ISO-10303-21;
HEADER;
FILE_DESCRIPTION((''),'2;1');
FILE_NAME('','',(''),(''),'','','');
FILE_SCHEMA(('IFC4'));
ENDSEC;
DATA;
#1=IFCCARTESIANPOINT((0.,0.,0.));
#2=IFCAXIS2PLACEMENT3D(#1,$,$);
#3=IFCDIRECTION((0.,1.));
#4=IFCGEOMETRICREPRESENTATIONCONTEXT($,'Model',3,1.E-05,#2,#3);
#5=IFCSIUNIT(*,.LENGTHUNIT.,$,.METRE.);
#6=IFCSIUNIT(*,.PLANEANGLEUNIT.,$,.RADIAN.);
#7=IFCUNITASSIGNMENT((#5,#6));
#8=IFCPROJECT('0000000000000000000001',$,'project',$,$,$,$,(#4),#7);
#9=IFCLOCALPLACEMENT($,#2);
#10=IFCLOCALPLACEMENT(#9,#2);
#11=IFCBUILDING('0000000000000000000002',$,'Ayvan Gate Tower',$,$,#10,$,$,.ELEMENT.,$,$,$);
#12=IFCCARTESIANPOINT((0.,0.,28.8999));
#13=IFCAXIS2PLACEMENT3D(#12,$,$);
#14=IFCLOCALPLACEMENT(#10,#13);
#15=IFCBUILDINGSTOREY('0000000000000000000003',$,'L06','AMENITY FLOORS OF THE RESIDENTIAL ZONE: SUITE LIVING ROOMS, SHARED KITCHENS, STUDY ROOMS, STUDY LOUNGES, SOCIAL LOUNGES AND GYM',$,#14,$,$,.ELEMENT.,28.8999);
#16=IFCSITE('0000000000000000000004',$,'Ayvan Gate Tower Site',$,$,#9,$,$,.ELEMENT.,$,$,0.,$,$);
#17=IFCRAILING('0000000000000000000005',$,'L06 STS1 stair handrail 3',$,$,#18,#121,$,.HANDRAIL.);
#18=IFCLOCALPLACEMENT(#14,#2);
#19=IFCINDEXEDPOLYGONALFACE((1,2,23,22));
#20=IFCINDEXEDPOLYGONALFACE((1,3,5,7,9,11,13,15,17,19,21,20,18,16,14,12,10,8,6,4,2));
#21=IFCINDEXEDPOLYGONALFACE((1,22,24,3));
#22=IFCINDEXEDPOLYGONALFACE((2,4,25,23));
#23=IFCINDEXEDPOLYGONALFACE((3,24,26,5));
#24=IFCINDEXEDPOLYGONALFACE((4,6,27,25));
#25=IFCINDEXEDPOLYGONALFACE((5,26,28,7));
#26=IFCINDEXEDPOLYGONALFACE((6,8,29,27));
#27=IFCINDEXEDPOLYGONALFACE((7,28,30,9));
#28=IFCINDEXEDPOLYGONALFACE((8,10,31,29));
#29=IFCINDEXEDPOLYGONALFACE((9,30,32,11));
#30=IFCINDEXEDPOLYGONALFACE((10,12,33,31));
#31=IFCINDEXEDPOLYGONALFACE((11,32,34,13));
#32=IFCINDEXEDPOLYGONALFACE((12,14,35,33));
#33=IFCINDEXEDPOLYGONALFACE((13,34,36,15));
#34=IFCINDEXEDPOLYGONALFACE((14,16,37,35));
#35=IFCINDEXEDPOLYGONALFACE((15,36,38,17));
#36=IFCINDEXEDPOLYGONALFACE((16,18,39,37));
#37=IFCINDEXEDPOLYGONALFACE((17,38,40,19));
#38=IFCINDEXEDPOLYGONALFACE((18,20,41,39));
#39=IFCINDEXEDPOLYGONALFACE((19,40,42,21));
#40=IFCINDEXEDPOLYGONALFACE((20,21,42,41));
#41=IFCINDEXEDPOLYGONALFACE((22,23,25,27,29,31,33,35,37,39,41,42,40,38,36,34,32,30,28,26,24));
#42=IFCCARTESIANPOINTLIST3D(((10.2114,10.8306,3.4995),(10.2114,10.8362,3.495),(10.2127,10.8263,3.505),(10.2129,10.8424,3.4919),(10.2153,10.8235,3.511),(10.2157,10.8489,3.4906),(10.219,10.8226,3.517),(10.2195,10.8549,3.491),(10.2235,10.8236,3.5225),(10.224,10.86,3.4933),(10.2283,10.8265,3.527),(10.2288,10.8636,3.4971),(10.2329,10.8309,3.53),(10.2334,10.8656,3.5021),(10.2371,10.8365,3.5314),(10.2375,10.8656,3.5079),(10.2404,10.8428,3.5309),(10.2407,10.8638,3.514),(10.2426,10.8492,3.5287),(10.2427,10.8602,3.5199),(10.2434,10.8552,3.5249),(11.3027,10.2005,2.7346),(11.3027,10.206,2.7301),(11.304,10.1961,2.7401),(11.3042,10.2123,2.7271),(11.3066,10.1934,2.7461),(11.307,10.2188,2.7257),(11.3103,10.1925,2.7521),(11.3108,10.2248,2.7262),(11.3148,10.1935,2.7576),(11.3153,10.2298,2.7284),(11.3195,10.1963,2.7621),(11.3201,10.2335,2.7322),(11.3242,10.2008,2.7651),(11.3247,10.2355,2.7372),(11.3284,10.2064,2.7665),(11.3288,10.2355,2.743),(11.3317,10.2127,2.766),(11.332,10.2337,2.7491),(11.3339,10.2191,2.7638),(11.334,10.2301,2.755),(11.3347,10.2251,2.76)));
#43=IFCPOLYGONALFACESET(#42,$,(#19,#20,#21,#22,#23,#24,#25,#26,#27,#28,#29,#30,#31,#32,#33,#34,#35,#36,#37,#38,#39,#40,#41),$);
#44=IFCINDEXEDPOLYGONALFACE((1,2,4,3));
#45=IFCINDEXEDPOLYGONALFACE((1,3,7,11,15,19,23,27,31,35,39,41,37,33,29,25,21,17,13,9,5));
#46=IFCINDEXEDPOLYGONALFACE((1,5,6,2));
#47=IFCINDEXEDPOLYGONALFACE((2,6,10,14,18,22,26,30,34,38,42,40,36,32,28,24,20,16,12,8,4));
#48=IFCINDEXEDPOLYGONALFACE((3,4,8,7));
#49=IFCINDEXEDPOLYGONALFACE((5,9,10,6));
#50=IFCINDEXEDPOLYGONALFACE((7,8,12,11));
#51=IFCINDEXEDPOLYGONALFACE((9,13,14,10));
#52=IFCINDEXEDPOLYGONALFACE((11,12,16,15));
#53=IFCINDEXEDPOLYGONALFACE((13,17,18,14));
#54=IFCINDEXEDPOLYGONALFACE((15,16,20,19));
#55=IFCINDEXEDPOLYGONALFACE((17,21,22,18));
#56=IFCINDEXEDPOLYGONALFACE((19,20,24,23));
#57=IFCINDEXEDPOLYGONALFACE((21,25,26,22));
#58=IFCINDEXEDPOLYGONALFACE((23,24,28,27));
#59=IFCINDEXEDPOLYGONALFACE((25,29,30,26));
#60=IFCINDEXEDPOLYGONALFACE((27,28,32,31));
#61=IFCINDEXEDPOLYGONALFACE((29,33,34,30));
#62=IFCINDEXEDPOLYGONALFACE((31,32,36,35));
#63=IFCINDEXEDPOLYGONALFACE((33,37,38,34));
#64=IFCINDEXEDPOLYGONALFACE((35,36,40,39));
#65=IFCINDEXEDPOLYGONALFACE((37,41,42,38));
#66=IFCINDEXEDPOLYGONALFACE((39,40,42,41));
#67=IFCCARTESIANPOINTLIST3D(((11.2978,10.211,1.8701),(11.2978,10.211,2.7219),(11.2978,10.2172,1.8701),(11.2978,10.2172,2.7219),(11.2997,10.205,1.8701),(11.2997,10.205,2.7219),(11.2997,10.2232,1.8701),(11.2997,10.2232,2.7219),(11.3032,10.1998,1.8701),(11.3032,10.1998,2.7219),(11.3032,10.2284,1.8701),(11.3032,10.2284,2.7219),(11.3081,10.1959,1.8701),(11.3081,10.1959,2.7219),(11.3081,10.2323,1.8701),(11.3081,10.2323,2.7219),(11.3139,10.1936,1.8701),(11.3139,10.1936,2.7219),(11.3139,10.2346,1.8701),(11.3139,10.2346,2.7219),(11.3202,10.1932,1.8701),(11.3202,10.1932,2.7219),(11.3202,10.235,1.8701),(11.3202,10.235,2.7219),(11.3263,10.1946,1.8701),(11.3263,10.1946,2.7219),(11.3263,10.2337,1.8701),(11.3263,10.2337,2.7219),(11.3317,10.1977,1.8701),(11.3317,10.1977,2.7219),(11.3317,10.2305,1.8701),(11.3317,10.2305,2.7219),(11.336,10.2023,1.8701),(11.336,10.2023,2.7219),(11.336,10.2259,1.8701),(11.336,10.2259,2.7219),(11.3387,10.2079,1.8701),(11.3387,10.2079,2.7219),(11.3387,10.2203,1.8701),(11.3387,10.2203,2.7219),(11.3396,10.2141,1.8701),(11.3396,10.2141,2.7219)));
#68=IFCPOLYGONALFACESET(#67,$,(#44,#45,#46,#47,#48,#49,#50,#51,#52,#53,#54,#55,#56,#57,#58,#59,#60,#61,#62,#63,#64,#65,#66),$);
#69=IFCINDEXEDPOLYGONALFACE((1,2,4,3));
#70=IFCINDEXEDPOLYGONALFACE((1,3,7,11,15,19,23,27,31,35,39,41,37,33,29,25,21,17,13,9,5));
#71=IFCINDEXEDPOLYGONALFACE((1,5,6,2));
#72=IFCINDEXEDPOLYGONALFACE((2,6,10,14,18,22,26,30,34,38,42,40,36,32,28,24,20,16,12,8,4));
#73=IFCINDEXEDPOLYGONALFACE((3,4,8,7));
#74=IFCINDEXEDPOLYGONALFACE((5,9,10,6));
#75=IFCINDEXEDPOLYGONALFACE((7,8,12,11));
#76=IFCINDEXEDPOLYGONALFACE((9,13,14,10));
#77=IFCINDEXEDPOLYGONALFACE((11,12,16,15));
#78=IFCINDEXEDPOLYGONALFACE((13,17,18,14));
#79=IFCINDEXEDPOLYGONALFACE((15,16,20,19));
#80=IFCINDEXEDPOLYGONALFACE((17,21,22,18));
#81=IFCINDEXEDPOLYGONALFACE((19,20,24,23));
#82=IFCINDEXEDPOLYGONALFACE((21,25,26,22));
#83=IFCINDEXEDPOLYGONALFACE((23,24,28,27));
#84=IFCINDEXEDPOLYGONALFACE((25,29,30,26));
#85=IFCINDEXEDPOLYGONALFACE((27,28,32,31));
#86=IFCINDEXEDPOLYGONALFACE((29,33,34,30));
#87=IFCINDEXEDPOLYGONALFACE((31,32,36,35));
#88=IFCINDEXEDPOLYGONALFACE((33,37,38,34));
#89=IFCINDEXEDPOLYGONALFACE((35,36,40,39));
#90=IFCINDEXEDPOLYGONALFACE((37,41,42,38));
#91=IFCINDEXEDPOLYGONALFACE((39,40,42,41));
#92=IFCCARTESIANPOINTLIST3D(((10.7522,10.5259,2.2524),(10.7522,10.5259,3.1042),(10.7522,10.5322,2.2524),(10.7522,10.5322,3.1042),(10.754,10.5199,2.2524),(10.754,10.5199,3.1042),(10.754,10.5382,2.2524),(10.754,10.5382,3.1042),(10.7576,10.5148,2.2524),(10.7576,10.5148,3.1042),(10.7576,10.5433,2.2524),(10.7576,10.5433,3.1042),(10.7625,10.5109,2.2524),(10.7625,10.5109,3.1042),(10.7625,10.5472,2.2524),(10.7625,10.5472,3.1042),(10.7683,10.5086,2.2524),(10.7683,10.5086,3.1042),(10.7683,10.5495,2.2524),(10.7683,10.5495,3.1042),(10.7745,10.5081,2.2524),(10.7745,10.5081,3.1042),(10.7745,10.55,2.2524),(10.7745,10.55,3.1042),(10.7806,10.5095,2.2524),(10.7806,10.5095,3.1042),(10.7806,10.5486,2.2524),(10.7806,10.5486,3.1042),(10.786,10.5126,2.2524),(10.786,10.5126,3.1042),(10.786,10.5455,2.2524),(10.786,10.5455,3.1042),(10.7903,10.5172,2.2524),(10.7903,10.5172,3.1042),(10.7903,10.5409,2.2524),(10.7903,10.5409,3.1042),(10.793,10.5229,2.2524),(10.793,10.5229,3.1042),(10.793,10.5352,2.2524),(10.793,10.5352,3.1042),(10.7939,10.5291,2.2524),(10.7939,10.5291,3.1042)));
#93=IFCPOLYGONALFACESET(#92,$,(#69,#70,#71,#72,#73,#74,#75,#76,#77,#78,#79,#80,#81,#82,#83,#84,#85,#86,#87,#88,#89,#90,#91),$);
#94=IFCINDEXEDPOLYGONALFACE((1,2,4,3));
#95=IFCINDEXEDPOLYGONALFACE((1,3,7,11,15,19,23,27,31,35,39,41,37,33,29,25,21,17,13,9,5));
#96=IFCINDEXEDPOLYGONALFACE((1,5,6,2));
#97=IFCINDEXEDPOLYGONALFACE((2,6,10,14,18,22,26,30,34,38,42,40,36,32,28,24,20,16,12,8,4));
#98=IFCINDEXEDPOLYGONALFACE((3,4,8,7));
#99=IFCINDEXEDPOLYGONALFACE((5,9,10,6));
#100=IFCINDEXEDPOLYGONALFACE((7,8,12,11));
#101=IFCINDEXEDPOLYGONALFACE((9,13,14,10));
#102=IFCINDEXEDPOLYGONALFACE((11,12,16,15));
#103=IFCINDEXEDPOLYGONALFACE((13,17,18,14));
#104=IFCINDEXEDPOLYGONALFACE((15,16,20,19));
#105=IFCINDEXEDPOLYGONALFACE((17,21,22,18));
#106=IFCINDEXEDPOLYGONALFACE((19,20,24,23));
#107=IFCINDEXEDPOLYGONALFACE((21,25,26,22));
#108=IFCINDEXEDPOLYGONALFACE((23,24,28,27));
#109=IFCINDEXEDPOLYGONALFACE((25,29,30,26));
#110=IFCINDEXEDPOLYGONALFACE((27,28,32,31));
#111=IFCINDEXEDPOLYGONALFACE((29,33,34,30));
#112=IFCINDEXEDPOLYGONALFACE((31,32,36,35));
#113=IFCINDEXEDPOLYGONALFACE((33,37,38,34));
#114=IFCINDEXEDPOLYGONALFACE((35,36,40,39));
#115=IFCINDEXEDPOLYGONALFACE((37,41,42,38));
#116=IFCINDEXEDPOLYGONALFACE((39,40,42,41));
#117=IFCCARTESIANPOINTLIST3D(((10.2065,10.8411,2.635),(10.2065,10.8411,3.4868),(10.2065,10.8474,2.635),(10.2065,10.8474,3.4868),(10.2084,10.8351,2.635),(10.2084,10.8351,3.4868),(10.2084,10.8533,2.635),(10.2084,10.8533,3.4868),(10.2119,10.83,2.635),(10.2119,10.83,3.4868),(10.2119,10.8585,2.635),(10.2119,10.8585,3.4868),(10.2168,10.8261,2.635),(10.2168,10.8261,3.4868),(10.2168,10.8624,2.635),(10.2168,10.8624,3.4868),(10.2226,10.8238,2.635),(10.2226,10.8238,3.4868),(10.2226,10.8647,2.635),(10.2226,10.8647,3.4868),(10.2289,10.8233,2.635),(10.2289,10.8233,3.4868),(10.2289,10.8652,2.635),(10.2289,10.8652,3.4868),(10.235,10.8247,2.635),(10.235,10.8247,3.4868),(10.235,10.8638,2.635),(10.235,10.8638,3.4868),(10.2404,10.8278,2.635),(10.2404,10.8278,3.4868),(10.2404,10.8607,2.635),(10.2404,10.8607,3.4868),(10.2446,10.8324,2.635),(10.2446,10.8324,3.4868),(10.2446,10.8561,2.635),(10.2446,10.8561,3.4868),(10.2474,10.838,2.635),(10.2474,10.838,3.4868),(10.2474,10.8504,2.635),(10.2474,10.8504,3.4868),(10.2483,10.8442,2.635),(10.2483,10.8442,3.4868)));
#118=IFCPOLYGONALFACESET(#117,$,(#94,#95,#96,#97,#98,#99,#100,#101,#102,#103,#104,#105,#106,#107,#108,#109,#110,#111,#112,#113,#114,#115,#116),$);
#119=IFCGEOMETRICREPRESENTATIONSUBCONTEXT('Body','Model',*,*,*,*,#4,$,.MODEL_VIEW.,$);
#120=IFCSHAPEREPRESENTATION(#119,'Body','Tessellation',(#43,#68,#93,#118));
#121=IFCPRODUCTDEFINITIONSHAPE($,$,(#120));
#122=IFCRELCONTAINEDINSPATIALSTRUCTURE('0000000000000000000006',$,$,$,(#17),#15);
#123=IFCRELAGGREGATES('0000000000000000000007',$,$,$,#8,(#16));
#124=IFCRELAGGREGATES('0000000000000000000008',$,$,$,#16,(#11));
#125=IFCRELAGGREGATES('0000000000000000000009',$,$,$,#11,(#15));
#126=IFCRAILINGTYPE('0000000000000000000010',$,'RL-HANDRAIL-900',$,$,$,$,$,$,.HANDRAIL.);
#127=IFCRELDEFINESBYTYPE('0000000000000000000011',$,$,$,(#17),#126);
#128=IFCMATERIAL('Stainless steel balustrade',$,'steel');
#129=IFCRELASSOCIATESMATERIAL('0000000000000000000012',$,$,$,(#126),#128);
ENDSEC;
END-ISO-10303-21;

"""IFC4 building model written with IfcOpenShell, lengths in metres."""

from ifc_helpers import new_model, si_unit, direction, frame, origin, origin_2d, place, context, subcontext, project, spatial, circle, extrude, material, type_object, element, save


model = new_model("IFC4")

# Units and contexts
model_context = context("Model", 3, precision=1e-05, world=origin(), true_north=direction((0.0, 1.0)))
body_context = subcontext(model_context, "Body", "Model", "MODEL_VIEW")
ifc_project = project(units=[si_unit("LENGTHUNIT", "METRE"), si_unit("PLANEANGLEUNIT", "RADIAN")], contexts=[model_context])

# Site, building, storey
site_placement = place(None, origin())
site = spatial("IfcSite", under=ifc_project, at=site_placement, Name="Ayvan Gate Tower Site", CompositionType="ELEMENT", RefElevation=0.0)
building_placement = place(site_placement, origin())
building = spatial("IfcBuilding", under=site, at=building_placement, Name="Ayvan Gate Tower", CompositionType="ELEMENT")
storey_placement = place(building_placement, frame((0.0, 0.0, 28.8999)))
storey = spatial("IfcBuildingStorey", under=building, at=storey_placement, Name="L06", Description="AMENITY FLOORS OF THE RESIDENTIAL ZONE: SUITE LIVING ROOMS, SHARED KITCHENS, STUDY ROOMS, STUDY LOUNGES, SOCIAL LOUNGES AND GYM", CompositionType="ELEMENT", Elevation=28.8999)

# Railing
ifc_material_1 = material(Name="Stainless steel balustrade", Category="steel")
railing_type_1 = type_object("IfcRailingType", Name="RL-HANDRAIL-900", PredefinedType="HANDRAIL", material=ifc_material_1)
railing_1_placement = place(storey_placement, frame((11.3186, 10.2141, 1.8701)))
element("IfcRailing", 1, at=railing_1_placement, inside=storey, type_object=railing_type_1, Name="L06 STS1 stair handrail 3", PredefinedType="HANDRAIL", context=body_context, shape_type="SweptSolid", body=[
    extrude(circle(Radius=0.0239, at=origin_2d()), frame((0.0, 0.0, 0.876), z_axis=(-0.740304, 0.427455, 0.518875), x_axis=(-0.500035, -0.866005, 0.0)), (0.0, 0.0, 1.0), 1.4741),
    extrude(circle(Radius=0.021, at=origin_2d()), origin(), (0.0, 0.0, 1.0), 0.8518),
    extrude(circle(Radius=0.021, at=origin_2d()), frame((-0.5457, 0.3149, 0.3823)), (0.0, 0.0, 1.0), 0.8518),
    extrude(circle(Radius=0.021, at=origin_2d()), frame((-1.0913, 0.6301, 0.7649)), (0.0, 0.0, 1.0), 0.8518),
])

save(model, "model.ifc")
